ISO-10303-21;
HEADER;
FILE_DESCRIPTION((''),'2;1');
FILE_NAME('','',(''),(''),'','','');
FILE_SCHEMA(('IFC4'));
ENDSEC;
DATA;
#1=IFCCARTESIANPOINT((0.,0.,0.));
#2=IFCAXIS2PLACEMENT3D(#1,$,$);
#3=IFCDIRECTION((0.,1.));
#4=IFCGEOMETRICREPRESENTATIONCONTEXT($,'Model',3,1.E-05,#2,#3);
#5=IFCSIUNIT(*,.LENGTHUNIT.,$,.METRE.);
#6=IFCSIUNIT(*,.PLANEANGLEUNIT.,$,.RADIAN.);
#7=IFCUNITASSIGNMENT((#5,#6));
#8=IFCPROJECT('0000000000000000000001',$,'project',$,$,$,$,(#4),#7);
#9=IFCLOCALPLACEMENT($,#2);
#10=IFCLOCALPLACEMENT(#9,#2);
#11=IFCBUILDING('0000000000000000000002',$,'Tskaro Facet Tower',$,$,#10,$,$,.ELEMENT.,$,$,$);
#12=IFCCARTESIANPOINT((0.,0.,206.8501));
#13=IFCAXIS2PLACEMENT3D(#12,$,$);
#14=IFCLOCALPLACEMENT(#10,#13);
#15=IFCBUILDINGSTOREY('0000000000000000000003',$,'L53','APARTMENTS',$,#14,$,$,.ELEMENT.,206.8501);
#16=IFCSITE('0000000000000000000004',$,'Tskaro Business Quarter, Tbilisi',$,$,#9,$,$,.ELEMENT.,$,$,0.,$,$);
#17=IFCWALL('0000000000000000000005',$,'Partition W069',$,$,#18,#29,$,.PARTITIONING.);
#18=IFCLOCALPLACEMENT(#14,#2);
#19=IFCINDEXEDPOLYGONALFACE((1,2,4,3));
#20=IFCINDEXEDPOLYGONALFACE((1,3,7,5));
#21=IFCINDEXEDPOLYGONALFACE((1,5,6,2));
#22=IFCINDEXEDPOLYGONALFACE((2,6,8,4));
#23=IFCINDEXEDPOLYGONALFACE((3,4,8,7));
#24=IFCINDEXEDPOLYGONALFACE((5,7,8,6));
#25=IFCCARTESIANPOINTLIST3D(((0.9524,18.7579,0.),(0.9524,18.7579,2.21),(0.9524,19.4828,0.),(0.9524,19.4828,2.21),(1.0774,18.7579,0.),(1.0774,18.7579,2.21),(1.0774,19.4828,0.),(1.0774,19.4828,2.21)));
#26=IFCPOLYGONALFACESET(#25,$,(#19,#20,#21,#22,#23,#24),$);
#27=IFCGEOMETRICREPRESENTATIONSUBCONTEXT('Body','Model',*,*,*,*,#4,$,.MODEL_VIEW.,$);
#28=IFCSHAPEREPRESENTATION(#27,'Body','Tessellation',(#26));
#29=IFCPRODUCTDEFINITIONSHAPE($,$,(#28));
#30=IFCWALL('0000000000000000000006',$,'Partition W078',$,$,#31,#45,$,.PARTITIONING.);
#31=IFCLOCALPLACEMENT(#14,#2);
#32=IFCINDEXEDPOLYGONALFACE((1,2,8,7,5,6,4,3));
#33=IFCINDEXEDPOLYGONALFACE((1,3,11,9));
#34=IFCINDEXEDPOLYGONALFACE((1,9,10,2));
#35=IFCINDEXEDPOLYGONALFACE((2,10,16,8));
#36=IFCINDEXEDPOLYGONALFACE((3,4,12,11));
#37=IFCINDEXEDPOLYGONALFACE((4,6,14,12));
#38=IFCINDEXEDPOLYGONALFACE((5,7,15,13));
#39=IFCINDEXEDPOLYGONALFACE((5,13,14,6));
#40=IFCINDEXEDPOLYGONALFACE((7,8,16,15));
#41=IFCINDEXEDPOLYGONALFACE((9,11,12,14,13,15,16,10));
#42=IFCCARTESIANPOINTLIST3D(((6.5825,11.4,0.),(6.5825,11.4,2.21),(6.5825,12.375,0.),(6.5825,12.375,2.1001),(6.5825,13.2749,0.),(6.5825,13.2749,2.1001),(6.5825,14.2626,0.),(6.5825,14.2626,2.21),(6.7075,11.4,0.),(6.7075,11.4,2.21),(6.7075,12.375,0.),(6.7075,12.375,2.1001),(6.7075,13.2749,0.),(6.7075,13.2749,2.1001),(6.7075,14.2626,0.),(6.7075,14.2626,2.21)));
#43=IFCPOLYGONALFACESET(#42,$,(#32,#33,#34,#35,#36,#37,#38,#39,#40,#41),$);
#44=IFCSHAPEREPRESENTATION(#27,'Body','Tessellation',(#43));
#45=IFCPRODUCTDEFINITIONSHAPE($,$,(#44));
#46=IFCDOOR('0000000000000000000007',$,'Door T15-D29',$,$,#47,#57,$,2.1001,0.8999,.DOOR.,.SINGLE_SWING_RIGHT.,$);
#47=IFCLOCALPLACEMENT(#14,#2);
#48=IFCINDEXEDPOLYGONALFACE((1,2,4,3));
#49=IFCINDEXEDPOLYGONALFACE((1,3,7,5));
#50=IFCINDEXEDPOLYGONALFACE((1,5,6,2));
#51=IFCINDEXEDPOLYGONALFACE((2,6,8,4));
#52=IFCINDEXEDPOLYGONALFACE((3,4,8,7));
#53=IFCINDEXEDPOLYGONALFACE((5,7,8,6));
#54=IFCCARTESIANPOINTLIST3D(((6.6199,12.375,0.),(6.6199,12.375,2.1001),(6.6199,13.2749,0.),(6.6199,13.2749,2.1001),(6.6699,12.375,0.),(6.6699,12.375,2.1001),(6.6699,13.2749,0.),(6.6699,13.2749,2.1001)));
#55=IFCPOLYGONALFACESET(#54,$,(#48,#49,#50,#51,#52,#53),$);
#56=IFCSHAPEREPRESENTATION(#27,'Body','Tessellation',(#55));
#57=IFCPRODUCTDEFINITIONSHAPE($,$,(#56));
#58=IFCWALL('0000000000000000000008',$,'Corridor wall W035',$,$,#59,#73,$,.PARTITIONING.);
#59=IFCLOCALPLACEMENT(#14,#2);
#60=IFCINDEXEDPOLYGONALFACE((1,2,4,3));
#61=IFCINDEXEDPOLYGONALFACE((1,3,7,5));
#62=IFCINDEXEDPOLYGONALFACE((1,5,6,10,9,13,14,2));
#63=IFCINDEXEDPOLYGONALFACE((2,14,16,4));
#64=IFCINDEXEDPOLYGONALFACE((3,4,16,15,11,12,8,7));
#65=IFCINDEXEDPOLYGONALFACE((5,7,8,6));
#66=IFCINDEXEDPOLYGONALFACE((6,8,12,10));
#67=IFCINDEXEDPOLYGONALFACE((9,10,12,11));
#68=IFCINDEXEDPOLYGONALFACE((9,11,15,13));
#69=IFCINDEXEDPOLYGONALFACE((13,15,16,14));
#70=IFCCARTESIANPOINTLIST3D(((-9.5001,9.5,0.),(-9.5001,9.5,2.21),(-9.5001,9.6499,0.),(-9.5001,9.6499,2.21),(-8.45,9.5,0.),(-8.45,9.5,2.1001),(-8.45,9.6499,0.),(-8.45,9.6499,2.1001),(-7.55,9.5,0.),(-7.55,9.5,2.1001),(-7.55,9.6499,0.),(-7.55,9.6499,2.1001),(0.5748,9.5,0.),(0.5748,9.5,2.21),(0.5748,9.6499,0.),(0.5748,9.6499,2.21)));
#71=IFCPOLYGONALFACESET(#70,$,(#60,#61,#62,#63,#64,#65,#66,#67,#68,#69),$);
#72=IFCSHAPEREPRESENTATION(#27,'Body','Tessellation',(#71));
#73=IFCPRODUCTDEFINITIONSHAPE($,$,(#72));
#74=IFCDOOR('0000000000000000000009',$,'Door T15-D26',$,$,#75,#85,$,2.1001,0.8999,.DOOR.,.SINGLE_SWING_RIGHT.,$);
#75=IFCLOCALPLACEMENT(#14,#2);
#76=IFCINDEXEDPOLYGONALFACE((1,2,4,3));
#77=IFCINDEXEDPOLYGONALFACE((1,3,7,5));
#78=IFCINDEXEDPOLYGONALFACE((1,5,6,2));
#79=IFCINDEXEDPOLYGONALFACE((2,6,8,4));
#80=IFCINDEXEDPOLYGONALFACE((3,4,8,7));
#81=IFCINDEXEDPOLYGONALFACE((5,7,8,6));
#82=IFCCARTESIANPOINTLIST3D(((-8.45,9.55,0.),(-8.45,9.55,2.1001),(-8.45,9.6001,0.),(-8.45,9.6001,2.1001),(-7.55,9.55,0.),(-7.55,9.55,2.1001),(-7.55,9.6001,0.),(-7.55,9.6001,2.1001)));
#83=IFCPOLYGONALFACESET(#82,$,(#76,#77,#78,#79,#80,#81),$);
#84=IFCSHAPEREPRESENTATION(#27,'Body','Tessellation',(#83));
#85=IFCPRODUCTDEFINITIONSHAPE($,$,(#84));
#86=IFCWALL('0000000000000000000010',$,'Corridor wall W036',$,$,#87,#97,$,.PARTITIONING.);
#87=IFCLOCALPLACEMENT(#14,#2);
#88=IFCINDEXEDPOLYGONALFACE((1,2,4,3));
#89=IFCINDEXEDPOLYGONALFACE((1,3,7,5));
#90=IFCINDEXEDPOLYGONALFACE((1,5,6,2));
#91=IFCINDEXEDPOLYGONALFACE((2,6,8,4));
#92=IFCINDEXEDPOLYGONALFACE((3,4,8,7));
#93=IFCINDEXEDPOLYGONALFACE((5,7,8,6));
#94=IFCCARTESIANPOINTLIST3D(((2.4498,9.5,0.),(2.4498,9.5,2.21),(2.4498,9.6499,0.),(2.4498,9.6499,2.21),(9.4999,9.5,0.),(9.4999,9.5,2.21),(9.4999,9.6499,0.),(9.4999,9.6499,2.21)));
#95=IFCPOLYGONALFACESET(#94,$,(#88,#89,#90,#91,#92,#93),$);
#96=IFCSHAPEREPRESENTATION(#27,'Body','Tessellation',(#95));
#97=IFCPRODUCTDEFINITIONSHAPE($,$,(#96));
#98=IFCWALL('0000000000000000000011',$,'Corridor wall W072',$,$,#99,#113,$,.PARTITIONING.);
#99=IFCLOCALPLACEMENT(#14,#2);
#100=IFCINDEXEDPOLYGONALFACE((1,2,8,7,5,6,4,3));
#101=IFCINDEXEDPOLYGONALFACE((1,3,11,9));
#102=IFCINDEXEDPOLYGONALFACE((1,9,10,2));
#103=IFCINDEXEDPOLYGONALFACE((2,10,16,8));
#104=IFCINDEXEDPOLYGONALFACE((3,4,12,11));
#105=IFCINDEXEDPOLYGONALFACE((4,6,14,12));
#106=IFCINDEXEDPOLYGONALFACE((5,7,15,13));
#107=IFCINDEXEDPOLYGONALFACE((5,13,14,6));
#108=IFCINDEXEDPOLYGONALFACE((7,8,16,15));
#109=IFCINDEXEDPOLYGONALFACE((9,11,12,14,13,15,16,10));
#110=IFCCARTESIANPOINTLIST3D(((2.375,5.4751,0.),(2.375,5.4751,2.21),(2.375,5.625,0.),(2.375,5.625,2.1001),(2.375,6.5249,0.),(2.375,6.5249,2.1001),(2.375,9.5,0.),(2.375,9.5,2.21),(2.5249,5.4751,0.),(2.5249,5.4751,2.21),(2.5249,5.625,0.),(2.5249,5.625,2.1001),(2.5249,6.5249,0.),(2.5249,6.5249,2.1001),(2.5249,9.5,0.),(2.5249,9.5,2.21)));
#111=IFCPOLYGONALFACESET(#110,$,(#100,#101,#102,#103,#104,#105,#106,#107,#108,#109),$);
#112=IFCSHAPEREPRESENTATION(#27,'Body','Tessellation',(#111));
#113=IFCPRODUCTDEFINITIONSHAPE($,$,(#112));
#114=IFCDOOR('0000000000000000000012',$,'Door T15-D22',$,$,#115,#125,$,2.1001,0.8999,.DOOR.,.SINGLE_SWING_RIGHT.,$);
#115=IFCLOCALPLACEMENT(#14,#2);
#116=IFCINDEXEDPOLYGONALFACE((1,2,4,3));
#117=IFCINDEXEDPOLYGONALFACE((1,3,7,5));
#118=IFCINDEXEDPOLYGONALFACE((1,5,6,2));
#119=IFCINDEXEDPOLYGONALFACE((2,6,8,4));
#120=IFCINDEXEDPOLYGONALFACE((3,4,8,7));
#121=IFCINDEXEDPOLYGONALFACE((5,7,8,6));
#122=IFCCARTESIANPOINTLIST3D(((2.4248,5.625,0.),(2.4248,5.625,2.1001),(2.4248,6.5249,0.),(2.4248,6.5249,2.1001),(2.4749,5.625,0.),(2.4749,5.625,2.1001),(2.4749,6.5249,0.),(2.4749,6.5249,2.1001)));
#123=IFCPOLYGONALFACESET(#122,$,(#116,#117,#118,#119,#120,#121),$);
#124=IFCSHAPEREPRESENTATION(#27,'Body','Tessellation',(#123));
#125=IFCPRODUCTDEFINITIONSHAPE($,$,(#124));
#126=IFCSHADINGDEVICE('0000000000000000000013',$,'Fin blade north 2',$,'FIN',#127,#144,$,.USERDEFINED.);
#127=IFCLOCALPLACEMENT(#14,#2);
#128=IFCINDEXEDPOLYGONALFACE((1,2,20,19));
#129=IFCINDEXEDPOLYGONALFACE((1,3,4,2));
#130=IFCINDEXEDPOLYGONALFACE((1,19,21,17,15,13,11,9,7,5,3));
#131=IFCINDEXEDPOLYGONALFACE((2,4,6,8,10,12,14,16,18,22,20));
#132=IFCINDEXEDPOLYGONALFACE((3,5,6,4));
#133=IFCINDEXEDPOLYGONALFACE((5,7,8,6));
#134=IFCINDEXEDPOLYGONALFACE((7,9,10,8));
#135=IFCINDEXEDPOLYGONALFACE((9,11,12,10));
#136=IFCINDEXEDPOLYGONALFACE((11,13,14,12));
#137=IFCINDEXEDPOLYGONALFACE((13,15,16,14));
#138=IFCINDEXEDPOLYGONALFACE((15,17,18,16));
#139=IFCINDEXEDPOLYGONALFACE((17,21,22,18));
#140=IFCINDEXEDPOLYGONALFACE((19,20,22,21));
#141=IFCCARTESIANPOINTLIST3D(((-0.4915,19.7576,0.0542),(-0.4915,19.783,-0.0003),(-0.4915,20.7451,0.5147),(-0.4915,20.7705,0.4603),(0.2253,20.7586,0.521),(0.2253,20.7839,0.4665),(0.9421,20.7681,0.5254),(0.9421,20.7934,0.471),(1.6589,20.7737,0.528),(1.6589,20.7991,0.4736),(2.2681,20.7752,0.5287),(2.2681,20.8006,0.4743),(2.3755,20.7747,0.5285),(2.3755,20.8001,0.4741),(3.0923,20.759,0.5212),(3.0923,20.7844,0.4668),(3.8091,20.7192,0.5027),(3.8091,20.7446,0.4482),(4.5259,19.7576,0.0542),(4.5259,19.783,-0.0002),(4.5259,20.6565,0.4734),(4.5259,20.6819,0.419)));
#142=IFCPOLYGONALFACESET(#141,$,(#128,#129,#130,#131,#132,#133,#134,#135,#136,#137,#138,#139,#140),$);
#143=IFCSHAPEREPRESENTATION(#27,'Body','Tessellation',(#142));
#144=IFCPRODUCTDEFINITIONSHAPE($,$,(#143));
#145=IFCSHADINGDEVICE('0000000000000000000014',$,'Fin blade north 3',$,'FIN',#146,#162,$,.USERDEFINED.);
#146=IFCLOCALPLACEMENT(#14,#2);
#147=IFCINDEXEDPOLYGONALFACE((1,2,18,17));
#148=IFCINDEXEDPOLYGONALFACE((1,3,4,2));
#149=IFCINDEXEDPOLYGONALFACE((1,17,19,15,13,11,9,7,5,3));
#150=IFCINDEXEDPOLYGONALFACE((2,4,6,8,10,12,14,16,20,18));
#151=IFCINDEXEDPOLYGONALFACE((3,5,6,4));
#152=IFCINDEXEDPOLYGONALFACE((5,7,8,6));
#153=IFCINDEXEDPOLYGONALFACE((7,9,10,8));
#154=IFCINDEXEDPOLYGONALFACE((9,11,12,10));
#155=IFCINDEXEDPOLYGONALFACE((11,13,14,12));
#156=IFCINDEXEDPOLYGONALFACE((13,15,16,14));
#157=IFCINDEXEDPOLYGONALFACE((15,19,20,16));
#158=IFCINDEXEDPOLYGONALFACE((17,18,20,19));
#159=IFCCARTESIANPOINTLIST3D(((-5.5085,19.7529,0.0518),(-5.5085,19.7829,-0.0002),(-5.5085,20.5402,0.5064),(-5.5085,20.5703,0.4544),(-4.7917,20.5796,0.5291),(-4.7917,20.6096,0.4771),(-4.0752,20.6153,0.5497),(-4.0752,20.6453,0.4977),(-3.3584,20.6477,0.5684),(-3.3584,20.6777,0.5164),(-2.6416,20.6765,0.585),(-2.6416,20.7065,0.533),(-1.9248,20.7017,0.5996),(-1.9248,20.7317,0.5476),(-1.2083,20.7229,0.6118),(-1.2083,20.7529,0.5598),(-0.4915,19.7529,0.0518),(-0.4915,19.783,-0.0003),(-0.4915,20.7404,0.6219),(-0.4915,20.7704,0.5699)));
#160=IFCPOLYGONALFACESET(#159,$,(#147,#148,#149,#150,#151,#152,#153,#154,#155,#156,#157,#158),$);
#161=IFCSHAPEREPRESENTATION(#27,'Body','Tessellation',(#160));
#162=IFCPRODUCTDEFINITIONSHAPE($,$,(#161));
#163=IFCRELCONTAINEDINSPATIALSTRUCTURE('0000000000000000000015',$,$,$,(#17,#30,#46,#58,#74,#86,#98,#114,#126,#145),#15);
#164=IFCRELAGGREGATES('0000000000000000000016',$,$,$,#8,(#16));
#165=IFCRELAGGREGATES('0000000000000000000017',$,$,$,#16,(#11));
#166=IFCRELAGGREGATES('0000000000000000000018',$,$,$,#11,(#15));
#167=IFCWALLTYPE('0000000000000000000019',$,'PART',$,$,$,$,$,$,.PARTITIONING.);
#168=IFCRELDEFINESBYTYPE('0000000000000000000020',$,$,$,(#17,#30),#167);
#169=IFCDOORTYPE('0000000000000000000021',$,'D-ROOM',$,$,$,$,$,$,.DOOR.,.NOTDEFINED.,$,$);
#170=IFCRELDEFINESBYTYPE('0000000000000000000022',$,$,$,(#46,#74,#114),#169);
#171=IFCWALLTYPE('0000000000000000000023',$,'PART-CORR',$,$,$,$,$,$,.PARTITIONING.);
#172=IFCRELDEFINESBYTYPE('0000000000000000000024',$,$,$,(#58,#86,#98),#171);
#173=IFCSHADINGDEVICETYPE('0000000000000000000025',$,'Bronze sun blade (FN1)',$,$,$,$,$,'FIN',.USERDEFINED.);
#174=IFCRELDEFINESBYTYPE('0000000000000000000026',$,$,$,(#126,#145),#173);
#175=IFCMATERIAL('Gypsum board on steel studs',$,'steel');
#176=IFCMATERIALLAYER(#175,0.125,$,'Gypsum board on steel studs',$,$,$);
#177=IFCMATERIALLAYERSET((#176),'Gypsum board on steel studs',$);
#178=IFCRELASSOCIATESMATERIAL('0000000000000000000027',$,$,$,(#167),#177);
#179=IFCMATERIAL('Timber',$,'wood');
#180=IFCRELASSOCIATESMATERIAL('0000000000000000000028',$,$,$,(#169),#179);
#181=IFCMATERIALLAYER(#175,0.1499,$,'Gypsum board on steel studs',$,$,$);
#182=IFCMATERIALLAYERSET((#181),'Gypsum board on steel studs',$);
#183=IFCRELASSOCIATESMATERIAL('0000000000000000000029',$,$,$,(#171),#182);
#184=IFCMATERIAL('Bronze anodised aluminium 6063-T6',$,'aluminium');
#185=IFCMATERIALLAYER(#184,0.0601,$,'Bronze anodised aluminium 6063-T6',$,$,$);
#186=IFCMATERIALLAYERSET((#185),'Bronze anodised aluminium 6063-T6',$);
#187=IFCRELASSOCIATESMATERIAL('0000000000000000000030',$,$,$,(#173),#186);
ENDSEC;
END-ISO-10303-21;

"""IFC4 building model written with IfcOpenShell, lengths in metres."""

from ifc_helpers import new_model, si_unit, direction, frame, frame_2d, origin, place, context, subcontext, project, spatial, polyline, rectangle, outline, extrude, material, layer, layer_set, type_object, element, fill, save


model = new_model("IFC4")

# Units and contexts
model_context = context("Model", 3, precision=1e-05, world=origin(), true_north=direction((0.0, 1.0)))
body_context = subcontext(model_context, "Body", "Model", "MODEL_VIEW")
ifc_project = project(units=[si_unit("LENGTHUNIT", "METRE"), si_unit("PLANEANGLEUNIT", "RADIAN")], contexts=[model_context])

# Site, building, storey
site_placement = place(None, origin())
site = spatial("IfcSite", under=ifc_project, at=site_placement, Name="Tskaro Business Quarter, Tbilisi", CompositionType="ELEMENT", RefElevation=0.0)
building_placement = place(site_placement, origin())
building = spatial("IfcBuilding", under=site, at=building_placement, Name="Tskaro Facet Tower", CompositionType="ELEMENT")
storey_placement = place(building_placement, frame((0.0, 0.0, 206.8501)))
storey = spatial("IfcBuildingStorey", under=building, at=storey_placement, Name="L53", Description="APARTMENTS", CompositionType="ELEMENT", Elevation=206.8501)

# Shared definitions
ifc_material_1 = material(Name="Bronze anodised aluminium 6063-T6", Category="aluminium")

# Shared definitions
ifc_material_2 = material(Name="Gypsum board on steel studs", Category="steel")
ifc_layer_1 = layer(ifc_material_2, 0.125, Name="Gypsum board on steel studs")
ifc_layer_set_1 = layer_set([ifc_layer_1], Name="Gypsum board on steel studs")
wall_type_1 = type_object("IfcWallType", Name="PART", PredefinedType="PARTITIONING", material=ifc_layer_set_1)

# Shared definitions
ifc_material_3 = material(Name="Timber", Category="wood")
door_type = type_object("IfcDoorType", Name="D-ROOM", OperationType="NOTDEFINED", PredefinedType="DOOR", material=ifc_material_3)

# Wall
wall_1_placement = place(storey_placement, frame((1.0149, 18.7581, 0.0), z_axis=(0.0, 0.0, 1.0), x_axis=(0.0, 1.0, 0.0)))
element("IfcWall", 1, at=wall_1_placement, inside=storey, type_object=wall_type_1, Name="Partition W069", PredefinedType="PARTITIONING", context=body_context, shape_type="SweptSolid", body=[
    extrude(rectangle(XDim=0.7249, YDim=0.125, at=frame_2d((0.3623, 0.0))), origin(), (0.0, 0.0, 1.0), 2.21),
])

# Walls, openings, doors
wall_2_placement = place(storey_placement, frame((6.645, 14.2625, 0.0), z_axis=(0.0, 0.0, 1.0), x_axis=(0.0, -1.0, 0.0)))
wall_2 = element("IfcWall", 2, at=wall_2_placement, inside=storey, type_object=wall_type_1, Name="Partition W078", PredefinedType="PARTITIONING", context=body_context, shape_type="SweptSolid", body=[
    extrude(rectangle(XDim=2.8625, YDim=0.125, at=frame_2d((1.4312, 0.0))), origin(), (0.0, 0.0, 1.0), 2.21),
])
opening_1_placement = place(wall_2_placement, frame((0.9875, 0.0, 0.0)))
opening_1 = element("IfcOpeningElement", 3, at=opening_1_placement, cuts=wall_2, PredefinedType="OPENING", context=body_context, shape_type="SweptSolid", body=[
    extrude(rectangle(XDim=0.8999, YDim=2.1001, at=frame_2d((0.45, 1.05))), frame((0.0, 0.0725, 0.0), z_axis=(0.0, -1.0, 0.0), x_axis=(1.0, 0.0, 0.0)), (0.0, 0.0, 1.0), 0.145),
])
door_1_placement = place(opening_1_placement, origin())
door_1 = element("IfcDoor", 4, at=door_1_placement, inside=storey, type_object=door_type, Name="Door T15-D29", OperationType="SINGLE_SWING_RIGHT", OverallHeight=2.1001, OverallWidth=0.8999, PredefinedType="DOOR", context=body_context, shape_type="SweptSolid", body=[
    extrude(rectangle(XDim=0.8999, YDim=2.1001, at=frame_2d((0.45, 1.05))), frame((0.0, 0.0249, 0.0), z_axis=(0.0, -1.0, 0.0), x_axis=(1.0, 0.0, 0.0)), (0.0, 0.0, 1.0), 0.05),
])
fill(opening_1, door_1)
ifc_layer_2 = layer(ifc_material_2, 0.1499, Name="Gypsum board on steel studs")
ifc_layer_set_2 = layer_set([ifc_layer_2], Name="Gypsum board on steel studs")
wall_type_2 = type_object("IfcWallType", Name="PART-CORR", PredefinedType="PARTITIONING", material=ifc_layer_set_2)
wall_3_placement = place(storey_placement, frame((0.575, 9.575, 0.0), z_axis=(0.0, 0.0, 1.0), x_axis=(-1.0, 0.0, 0.0)))
wall_3 = element("IfcWall", 5, at=wall_3_placement, inside=storey, type_object=wall_type_2, Name="Corridor wall W035", PredefinedType="PARTITIONING", context=body_context, shape_type="SweptSolid", body=[
    extrude(rectangle(XDim=10.075, YDim=0.1499, at=frame_2d((5.0376, 0.0))), origin(), (0.0, 0.0, 1.0), 2.21),
])
opening_2_placement = place(wall_3_placement, frame((8.125, 0.0, 0.0)))
opening_2 = element("IfcOpeningElement", 6, at=opening_2_placement, cuts=wall_3, PredefinedType="OPENING", context=body_context, shape_type="SweptSolid", body=[
    extrude(rectangle(XDim=0.8999, YDim=2.1001, at=frame_2d((0.45, 1.05))), frame((0.0, 0.085, 0.0), z_axis=(0.0, -1.0, 0.0), x_axis=(1.0, 0.0, 0.0)), (0.0, 0.0, 1.0), 0.1699),
])
door_2_placement = place(opening_2_placement, origin())
door_2 = element("IfcDoor", 7, at=door_2_placement, inside=storey, type_object=door_type, Name="Door T15-D26", OperationType="SINGLE_SWING_RIGHT", OverallHeight=2.1001, OverallWidth=0.8999, PredefinedType="DOOR", context=body_context, shape_type="SweptSolid", body=[
    extrude(rectangle(XDim=0.8999, YDim=2.1001, at=frame_2d((0.45, 1.05))), frame((0.0, 0.0249, 0.0), z_axis=(0.0, -1.0, 0.0), x_axis=(1.0, 0.0, 0.0)), (0.0, 0.0, 1.0), 0.05),
])
fill(opening_2, door_2)

# Wall
wall_4_placement = place(storey_placement, frame((2.45, 9.575, 0.0), z_axis=(0.0, 0.0, 1.0), x_axis=(1.0, 0.0, 0.0)))
element("IfcWall", 8, at=wall_4_placement, inside=storey, type_object=wall_type_2, Name="Corridor wall W036", PredefinedType="PARTITIONING", context=body_context, shape_type="SweptSolid", body=[
    extrude(rectangle(XDim=7.05, YDim=0.1499, at=frame_2d((3.5249, 0.0))), origin(), (0.0, 0.0, 1.0), 2.21),
])

# Wall, opening, door
wall_5_placement = place(storey_placement, frame((2.45, 9.5, 0.0), z_axis=(0.0, 0.0, 1.0), x_axis=(0.0, -1.0, 0.0)))
wall_5 = element("IfcWall", 9, at=wall_5_placement, inside=storey, type_object=wall_type_2, Name="Corridor wall W072", PredefinedType="PARTITIONING", context=body_context, shape_type="SweptSolid", body=[
    extrude(rectangle(XDim=4.0249, YDim=0.1499, at=frame_2d((2.0125, 0.0))), origin(), (0.0, 0.0, 1.0), 2.21),
])
opening_3_placement = place(wall_5_placement, frame((2.9751, 0.0, 0.0)))
opening_3 = element("IfcOpeningElement", 10, at=opening_3_placement, cuts=wall_5, PredefinedType="OPENING", context=body_context, shape_type="SweptSolid", body=[
    extrude(rectangle(XDim=0.8999, YDim=2.1001, at=frame_2d((0.45, 1.05))), frame((0.0, 0.085, 0.0), z_axis=(0.0, -1.0, 0.0), x_axis=(1.0, 0.0, 0.0)), (0.0, 0.0, 1.0), 0.1699),
])
door_3_placement = place(opening_3_placement, origin())
door_3 = element("IfcDoor", 11, at=door_3_placement, inside=storey, type_object=door_type, Name="Door T15-D22", OperationType="SINGLE_SWING_RIGHT", OverallHeight=2.1001, OverallWidth=0.8999, PredefinedType="DOOR", context=body_context, shape_type="SweptSolid", body=[
    extrude(rectangle(XDim=0.8999, YDim=2.1001, at=frame_2d((0.45, 1.05))), frame((0.0, 0.0249, 0.0), z_axis=(0.0, -1.0, 0.0), x_axis=(1.0, 0.0, 0.0)), (0.0, 0.0, 1.0), 0.05),
])
fill(opening_3, door_3)

# Shading devices
ifc_layer_3 = layer(ifc_material_1, 0.0601, Name="Bronze anodised aluminium 6063-T6")
ifc_layer_set_3 = layer_set([ifc_layer_3], Name="Bronze anodised aluminium 6063-T6")
shading_device_type = type_object("IfcShadingDeviceType", Name="Bronze sun blade (FN1)", ElementType="FIN", PredefinedType="USERDEFINED", material=ifc_layer_set_3)
shading_device_1_placement = place(storey_placement, frame((4.5259, 19.7576, 0.0542), z_axis=(-0.000007, -0.422646, 0.906295), x_axis=(-1.0, 0.000003, -0.000006)))
element("IfcShadingDevice", 12, at=shading_device_1_placement, inside=storey, type_object=shading_device_type, Name="Fin blade north 2", ObjectType="FIN", PredefinedType="USERDEFINED", context=body_context, shape_type="SweptSolid", body=[
    extrude(outline(polyline([(0.0, 0.0), (5.0173, 0.0), (5.0173, -1.0896), (4.3005, -1.1045), (3.5837, -1.115), (2.8669, -1.1212), (2.2578, -1.1228), (2.1504, -1.1223), (1.4336, -1.105), (0.7168, -1.0611), (0.0, -0.9919), (0.0, 0.0)])), origin(), (0.0, 0.0, -1.0), 0.0601),
])
shading_device_2_placement = place(storey_placement, frame((-0.4915, 19.7529, 0.0518), z_axis=(0.000011, -0.500031, 0.866008), x_axis=(-1.0, -0.000006, 0.00001)))
element("IfcShadingDevice", 13, at=shading_device_2_placement, inside=storey, type_object=shading_device_type, Name="Fin blade north 3", ObjectType="FIN", PredefinedType="USERDEFINED", context=body_context, shape_type="SweptSolid", body=[
    extrude(outline(polyline([(0.0, 0.0), (5.0171, 0.0), (5.0171, -0.9092), (4.3003, -0.9546), (3.5837, -0.9958), (2.8669, -1.0332), (2.1501, -1.0664), (1.4333, -1.0956), (0.7168, -1.12), (0.0, -1.1403), (0.0, 0.0)])), origin(), (0.0, 0.0, -1.0), 0.0601),
])

save(model, "model.ifc")
